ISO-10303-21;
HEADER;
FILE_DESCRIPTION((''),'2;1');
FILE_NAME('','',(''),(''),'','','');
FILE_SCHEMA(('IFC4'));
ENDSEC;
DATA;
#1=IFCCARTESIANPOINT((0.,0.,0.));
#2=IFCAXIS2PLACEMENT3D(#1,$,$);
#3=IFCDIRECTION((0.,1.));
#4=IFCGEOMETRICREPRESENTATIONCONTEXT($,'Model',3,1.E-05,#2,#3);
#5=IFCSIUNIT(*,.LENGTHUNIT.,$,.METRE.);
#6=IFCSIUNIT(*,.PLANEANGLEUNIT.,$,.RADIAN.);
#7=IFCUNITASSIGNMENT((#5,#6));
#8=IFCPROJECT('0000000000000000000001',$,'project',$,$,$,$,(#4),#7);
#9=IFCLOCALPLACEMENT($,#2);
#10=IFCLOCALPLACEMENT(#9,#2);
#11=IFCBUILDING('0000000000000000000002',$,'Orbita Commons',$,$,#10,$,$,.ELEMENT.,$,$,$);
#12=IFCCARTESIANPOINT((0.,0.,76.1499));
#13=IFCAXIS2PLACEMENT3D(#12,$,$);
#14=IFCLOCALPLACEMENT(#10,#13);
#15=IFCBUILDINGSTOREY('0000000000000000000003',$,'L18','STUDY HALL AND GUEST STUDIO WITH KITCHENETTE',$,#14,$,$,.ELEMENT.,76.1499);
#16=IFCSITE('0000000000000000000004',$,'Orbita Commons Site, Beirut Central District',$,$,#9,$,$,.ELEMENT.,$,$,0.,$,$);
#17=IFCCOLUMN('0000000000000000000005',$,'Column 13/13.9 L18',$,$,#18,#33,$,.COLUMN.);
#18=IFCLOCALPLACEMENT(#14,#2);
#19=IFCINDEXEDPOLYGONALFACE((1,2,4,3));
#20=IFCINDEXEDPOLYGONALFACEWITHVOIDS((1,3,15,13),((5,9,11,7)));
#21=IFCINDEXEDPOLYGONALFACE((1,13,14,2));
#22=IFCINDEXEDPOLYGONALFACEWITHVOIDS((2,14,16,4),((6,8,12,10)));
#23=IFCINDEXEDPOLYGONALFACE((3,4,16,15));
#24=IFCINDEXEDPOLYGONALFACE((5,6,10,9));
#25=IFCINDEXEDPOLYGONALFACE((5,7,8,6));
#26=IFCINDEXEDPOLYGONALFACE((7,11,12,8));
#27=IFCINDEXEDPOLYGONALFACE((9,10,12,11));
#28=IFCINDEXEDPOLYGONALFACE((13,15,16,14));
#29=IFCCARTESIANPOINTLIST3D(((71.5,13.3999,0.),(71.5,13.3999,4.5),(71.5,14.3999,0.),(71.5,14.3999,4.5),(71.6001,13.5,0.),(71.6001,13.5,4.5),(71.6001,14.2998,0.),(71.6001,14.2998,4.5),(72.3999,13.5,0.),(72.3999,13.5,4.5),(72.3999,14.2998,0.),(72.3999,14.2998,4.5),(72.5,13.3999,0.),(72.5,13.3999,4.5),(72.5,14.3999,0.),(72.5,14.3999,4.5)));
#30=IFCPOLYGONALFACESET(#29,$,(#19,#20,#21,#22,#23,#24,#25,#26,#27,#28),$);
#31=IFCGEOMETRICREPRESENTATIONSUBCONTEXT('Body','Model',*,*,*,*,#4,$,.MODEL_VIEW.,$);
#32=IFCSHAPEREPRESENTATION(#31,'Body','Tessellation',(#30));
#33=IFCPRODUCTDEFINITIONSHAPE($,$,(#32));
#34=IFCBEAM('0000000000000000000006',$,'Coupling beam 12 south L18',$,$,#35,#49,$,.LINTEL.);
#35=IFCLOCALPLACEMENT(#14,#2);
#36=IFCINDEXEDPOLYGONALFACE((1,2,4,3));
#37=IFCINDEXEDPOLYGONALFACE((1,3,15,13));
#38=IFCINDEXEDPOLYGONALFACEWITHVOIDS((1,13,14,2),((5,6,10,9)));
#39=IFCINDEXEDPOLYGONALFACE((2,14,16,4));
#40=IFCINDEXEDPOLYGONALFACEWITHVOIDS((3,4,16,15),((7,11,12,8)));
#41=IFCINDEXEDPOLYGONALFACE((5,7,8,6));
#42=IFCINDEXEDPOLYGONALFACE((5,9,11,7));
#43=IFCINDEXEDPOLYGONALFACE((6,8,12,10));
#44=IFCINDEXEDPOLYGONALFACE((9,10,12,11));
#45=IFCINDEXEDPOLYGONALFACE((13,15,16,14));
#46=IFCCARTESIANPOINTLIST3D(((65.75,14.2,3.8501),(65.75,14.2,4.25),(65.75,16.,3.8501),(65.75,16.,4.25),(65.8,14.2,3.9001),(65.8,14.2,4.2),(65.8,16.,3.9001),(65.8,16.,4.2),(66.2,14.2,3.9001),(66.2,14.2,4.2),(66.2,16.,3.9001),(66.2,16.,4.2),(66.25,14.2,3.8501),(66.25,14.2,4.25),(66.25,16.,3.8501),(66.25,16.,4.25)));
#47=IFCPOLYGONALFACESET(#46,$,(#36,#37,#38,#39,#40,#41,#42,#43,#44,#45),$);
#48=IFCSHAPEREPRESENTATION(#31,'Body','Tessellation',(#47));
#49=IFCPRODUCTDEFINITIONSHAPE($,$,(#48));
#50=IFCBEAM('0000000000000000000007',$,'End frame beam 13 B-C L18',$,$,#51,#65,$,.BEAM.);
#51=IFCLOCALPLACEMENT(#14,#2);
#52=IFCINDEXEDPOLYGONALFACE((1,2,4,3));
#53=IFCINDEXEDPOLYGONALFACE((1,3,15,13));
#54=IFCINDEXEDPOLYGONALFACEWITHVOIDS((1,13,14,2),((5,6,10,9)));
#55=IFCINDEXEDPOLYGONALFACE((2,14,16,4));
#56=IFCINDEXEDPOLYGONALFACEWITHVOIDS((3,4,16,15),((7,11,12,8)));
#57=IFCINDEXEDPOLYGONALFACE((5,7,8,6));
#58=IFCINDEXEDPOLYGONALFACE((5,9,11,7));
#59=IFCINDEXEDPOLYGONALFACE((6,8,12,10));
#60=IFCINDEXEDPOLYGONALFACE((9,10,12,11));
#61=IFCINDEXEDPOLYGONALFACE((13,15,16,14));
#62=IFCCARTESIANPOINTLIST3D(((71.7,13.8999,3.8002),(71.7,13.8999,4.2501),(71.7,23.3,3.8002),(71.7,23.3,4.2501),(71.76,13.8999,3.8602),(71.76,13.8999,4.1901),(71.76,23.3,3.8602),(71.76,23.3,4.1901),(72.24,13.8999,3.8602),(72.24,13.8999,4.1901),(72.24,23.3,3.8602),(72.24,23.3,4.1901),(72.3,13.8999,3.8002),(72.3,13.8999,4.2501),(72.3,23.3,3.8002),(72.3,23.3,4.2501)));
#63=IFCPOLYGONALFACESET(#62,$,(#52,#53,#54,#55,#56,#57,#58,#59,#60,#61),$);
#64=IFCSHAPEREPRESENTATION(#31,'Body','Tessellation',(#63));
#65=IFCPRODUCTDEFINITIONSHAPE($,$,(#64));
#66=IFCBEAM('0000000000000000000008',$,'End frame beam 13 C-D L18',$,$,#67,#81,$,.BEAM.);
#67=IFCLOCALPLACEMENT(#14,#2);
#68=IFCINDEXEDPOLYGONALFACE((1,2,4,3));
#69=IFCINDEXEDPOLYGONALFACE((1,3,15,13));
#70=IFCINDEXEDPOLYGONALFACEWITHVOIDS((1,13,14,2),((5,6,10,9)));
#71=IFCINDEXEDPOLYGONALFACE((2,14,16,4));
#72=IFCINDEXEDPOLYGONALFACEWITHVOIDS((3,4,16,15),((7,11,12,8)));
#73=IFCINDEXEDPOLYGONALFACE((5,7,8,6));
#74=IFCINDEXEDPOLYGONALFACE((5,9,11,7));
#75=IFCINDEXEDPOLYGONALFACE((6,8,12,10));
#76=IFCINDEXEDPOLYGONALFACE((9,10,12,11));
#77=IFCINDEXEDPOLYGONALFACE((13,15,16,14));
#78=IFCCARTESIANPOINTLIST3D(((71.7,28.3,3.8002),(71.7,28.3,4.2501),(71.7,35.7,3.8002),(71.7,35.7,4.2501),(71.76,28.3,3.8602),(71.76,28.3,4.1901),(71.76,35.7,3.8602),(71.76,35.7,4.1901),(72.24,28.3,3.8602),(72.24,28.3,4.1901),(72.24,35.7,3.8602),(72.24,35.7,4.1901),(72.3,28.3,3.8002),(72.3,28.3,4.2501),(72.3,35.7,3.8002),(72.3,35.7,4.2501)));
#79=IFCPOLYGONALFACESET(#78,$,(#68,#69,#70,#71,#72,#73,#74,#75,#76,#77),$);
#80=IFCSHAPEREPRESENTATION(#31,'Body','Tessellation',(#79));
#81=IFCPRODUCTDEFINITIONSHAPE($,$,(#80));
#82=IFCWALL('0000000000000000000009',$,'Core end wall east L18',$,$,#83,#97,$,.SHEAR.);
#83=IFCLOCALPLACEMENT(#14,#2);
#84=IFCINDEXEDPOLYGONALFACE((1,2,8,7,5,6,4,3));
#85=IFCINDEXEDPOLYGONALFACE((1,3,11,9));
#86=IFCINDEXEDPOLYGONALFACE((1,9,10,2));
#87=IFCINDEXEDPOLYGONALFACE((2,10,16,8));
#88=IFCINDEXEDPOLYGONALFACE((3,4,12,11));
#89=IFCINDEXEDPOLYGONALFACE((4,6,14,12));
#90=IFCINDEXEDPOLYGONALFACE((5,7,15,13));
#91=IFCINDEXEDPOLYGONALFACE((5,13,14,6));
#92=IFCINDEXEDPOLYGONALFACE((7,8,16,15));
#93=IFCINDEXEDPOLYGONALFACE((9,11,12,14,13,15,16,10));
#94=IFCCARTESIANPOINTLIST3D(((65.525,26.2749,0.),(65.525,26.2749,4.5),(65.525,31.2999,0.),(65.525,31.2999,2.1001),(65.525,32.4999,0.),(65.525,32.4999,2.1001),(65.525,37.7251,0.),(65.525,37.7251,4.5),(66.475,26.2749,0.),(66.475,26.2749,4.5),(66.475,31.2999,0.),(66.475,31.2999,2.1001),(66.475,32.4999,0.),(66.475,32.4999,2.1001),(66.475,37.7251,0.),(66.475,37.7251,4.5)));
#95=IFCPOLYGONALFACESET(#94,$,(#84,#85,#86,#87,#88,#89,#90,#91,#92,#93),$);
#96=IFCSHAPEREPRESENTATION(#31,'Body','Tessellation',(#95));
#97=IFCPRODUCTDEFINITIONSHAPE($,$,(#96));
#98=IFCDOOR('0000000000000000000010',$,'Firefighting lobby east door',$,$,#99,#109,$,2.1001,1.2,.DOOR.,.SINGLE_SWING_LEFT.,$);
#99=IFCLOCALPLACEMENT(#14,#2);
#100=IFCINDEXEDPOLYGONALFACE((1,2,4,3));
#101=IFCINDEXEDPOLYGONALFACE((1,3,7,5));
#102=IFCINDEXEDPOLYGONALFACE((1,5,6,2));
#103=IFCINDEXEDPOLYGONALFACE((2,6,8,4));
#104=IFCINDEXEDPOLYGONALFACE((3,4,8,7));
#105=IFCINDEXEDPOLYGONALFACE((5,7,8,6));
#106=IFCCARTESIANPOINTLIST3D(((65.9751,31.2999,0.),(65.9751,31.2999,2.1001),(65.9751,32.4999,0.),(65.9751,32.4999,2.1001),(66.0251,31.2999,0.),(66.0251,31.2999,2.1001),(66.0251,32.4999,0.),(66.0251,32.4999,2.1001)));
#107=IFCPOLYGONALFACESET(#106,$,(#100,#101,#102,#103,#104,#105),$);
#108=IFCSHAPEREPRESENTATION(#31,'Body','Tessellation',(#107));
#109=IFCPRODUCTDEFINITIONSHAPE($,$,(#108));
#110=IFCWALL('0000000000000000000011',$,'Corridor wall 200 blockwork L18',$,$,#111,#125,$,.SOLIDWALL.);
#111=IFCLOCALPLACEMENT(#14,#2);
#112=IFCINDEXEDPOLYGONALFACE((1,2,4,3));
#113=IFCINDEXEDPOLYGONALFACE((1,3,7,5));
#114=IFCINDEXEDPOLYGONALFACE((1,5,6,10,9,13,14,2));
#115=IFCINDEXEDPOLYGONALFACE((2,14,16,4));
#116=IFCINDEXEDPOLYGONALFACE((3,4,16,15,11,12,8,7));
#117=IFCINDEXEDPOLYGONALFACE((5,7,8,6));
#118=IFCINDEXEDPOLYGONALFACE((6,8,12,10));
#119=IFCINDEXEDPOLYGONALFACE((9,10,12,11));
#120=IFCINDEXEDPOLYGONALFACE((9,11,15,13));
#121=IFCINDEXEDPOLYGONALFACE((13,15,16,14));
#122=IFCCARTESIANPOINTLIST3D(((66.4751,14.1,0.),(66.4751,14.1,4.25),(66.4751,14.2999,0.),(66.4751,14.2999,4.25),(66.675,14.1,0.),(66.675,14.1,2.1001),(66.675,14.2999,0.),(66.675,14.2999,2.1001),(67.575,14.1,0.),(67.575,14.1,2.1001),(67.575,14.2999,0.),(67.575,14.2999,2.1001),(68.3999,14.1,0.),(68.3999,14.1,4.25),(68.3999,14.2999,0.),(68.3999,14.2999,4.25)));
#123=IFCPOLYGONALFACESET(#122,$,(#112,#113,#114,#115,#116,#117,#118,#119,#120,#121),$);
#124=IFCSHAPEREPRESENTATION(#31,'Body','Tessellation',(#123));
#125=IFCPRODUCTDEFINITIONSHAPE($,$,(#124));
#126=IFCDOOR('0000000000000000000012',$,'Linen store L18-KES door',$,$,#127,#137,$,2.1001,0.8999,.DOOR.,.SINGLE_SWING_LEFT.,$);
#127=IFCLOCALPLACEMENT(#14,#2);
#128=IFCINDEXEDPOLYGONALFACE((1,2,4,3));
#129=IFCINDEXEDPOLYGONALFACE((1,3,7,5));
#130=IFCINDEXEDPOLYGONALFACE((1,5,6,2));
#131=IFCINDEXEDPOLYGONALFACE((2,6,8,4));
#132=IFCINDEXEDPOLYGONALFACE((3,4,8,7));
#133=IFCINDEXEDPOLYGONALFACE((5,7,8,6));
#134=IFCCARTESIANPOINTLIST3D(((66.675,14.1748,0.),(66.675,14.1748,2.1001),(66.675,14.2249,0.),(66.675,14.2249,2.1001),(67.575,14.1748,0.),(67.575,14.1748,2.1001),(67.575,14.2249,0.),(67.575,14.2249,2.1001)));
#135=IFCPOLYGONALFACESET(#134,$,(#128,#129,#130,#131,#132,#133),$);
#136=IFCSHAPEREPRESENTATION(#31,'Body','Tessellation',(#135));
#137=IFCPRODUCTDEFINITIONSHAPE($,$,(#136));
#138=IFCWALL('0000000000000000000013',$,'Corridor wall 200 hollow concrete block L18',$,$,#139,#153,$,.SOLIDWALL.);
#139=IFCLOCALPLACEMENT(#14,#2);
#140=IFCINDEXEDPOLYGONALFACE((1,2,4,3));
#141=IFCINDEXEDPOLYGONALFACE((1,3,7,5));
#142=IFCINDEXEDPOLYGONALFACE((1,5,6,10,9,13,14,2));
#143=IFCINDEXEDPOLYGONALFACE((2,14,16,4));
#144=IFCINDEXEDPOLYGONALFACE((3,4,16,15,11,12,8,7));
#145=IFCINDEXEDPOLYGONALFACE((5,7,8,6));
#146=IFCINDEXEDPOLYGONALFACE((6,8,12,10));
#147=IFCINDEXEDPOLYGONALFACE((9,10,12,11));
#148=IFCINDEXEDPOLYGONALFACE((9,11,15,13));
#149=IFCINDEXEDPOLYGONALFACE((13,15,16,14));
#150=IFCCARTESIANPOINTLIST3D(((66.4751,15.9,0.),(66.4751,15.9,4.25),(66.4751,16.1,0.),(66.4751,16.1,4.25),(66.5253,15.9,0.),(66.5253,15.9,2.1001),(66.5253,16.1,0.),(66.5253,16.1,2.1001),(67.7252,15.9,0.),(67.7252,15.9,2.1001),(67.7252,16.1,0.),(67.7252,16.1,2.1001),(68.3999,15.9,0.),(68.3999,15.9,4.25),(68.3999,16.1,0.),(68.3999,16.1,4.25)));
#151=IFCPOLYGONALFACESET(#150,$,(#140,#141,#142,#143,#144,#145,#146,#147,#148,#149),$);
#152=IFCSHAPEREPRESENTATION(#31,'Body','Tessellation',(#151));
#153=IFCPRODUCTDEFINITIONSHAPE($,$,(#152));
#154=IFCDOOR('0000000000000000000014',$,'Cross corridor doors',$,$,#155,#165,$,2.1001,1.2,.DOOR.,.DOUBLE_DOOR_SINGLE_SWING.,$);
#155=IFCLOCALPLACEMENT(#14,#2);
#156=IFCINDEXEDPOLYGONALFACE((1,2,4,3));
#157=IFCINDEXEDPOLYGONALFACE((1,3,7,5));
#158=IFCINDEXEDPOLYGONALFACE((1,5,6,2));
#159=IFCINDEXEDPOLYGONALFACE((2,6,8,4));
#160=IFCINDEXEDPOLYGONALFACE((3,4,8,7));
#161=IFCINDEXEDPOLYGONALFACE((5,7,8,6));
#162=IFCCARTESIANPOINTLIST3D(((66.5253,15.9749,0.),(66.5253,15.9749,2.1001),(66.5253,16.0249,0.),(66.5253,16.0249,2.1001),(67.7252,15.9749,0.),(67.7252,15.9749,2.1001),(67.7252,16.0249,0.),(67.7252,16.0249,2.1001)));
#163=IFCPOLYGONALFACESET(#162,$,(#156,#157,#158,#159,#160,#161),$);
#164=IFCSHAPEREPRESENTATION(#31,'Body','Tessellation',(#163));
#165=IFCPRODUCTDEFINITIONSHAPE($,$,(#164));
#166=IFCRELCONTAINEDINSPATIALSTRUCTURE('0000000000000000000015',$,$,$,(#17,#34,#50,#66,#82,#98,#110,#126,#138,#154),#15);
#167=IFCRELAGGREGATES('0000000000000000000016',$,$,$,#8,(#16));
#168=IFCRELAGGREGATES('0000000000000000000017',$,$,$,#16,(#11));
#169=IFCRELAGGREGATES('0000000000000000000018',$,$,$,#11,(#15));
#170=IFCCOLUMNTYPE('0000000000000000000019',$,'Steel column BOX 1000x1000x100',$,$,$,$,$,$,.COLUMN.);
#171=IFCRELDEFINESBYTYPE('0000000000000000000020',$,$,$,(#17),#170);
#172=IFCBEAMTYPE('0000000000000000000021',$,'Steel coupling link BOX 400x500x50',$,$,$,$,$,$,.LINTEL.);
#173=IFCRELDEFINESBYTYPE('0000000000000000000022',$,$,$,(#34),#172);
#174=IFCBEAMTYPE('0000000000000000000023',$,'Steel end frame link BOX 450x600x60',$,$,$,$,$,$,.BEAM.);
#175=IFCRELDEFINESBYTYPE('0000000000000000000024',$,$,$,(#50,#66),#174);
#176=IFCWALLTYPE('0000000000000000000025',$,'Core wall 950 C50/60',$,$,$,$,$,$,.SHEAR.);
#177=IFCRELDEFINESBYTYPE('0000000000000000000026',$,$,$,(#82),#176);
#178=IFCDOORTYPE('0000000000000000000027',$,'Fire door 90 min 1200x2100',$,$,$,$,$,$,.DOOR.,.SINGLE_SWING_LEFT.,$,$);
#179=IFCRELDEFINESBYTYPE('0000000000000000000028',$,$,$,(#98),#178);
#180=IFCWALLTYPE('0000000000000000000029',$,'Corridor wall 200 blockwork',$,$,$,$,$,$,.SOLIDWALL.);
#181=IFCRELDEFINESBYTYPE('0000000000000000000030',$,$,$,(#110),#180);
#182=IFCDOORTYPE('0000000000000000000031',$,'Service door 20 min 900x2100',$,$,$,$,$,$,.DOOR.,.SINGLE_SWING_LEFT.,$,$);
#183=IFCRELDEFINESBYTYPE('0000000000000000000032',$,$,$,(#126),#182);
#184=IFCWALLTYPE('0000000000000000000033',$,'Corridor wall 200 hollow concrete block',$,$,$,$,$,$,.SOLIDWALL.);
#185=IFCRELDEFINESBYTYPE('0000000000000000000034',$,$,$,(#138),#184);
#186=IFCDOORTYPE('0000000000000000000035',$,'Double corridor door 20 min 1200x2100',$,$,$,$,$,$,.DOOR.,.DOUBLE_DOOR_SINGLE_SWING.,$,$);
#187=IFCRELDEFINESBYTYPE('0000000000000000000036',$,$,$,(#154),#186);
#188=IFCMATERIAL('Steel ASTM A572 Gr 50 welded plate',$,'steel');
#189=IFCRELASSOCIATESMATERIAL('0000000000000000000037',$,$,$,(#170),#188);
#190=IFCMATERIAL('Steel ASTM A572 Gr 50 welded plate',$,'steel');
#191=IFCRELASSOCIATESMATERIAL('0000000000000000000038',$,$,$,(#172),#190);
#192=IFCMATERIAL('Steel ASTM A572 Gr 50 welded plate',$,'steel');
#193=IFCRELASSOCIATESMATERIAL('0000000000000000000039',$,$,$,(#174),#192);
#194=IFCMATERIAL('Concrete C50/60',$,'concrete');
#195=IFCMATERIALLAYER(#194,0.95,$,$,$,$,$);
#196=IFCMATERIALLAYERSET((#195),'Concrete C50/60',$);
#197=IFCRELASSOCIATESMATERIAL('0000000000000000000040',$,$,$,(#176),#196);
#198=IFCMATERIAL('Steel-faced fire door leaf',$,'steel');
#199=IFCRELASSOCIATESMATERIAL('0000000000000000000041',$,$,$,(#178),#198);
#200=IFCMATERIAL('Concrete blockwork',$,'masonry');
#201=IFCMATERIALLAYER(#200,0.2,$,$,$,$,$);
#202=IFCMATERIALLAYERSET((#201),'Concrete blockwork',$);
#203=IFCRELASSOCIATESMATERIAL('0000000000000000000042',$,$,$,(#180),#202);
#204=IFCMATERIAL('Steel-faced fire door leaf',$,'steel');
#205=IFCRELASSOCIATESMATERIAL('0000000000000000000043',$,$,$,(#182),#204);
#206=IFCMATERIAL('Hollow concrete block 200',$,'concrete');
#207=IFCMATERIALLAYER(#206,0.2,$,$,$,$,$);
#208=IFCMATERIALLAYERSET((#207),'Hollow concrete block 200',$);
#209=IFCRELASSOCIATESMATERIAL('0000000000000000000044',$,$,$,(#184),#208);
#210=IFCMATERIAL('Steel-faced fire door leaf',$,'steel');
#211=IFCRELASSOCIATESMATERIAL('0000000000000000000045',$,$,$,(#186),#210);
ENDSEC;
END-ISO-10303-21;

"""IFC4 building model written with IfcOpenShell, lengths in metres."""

from ifc_helpers import new_model, si_unit, direction, frame, frame_2d, origin, origin_2d, place, context, subcontext, project, spatial, rectangle, hollow_rectangle, extrude, material, layer, layer_set, material_profile, profile_set, type_object, element, fill, save


model = new_model("IFC4")

# Units and contexts
model_context = context("Model", 3, precision=1e-05, world=origin(), true_north=direction((0.0, 1.0)))
body_context = subcontext(model_context, "Body", "Model", "MODEL_VIEW")
ifc_project = project(units=[si_unit("LENGTHUNIT", "METRE"), si_unit("PLANEANGLEUNIT", "RADIAN")], contexts=[model_context])

# Site, building, storey
site_placement = place(None, origin())
site = spatial("IfcSite", under=ifc_project, at=site_placement, Name="Orbita Commons Site, Beirut Central District", CompositionType="ELEMENT", RefElevation=0.0)
building_placement = place(site_placement, origin())
building = spatial("IfcBuilding", under=site, at=building_placement, Name="Orbita Commons", CompositionType="ELEMENT")
storey_placement = place(building_placement, frame((0.0, 0.0, 76.1499)))
storey = spatial("IfcBuildingStorey", under=building, at=storey_placement, Name="L18", Description="STUDY HALL AND GUEST STUDIO WITH KITCHENETTE", CompositionType="ELEMENT", Elevation=76.1499)

# Column
ifc_material_1 = material(Name="Steel ASTM A572 Gr 50 welded plate", Category="steel")
ifc_material_profile_1 = material_profile(ifc_material_1, hollow_rectangle(XDim=1.0, YDim=1.0, WallThickness=0.1001, at=origin_2d()), Name="BOX 1000x1000x100")
ifc_profile_set_1 = profile_set([ifc_material_profile_1], Name="Steel ASTM A572 Gr 50 welded plate")
column_type = type_object("IfcColumnType", Name="Steel column BOX 1000x1000x100", PredefinedType="COLUMN", material=ifc_profile_set_1)
column_placement = place(storey_placement, frame((72.0, 13.8999, 0.0), z_axis=(0.0, 0.0, 1.0), x_axis=(1.0, 0.0, 0.0)))
element("IfcColumn", 1, at=column_placement, inside=storey, type_object=column_type, Name="Column 13/13.9 L18", PredefinedType="COLUMN", context=body_context, shape_type="SweptSolid", body=[
    extrude(hollow_rectangle(XDim=1.0, YDim=1.0, WallThickness=0.1001, at=origin_2d()), origin(), (0.0, 0.0, 1.0), 4.5),
])

# Beams
ifc_material_2 = material(Name="Steel ASTM A572 Gr 50 welded plate", Category="steel")
ifc_material_profile_2 = material_profile(ifc_material_2, hollow_rectangle(XDim=0.5, YDim=0.3999, WallThickness=0.05, at=origin_2d()), Name="BOX 400x500x50")
ifc_profile_set_2 = profile_set([ifc_material_profile_2], Name="Steel ASTM A572 Gr 50 welded plate")
beam_type_1 = type_object("IfcBeamType", Name="Steel coupling link BOX 400x500x50", PredefinedType="LINTEL", material=ifc_profile_set_2)
beam_1_placement = place(storey_placement, frame((66.0, 14.2, 4.05), z_axis=(0.0, 1.0, 0.0), x_axis=(-1.0, 0.0, 0.0)))
element("IfcBeam", 2, at=beam_1_placement, inside=storey, type_object=beam_type_1, Name="Coupling beam 12 south L18", PredefinedType="LINTEL", context=body_context, shape_type="SweptSolid", body=[
    extrude(hollow_rectangle(XDim=0.5, YDim=0.3999, WallThickness=0.05, at=origin_2d()), origin(), (0.0, 0.0, 1.0), 1.8),
])
ifc_material_3 = material(Name="Steel ASTM A572 Gr 50 welded plate", Category="steel")
ifc_material_profile_3 = material_profile(ifc_material_3, hollow_rectangle(XDim=0.6001, YDim=0.45, WallThickness=0.0601, at=origin_2d()), Name="BOX 450x600x60")
ifc_profile_set_3 = profile_set([ifc_material_profile_3], Name="Steel ASTM A572 Gr 50 welded plate")
beam_type_2 = type_object("IfcBeamType", Name="Steel end frame link BOX 450x600x60", PredefinedType="BEAM", material=ifc_profile_set_3)
beam_2_placement = place(storey_placement, frame((72.0, 13.8999, 4.0251), z_axis=(0.0, 1.0, 0.0), x_axis=(-1.0, 0.0, 0.0)))
element("IfcBeam", 3, at=beam_2_placement, inside=storey, type_object=beam_type_2, Name="End frame beam 13 B-C L18", PredefinedType="BEAM", context=body_context, shape_type="SweptSolid", body=[
    extrude(hollow_rectangle(XDim=0.6001, YDim=0.45, WallThickness=0.0601, at=origin_2d()), origin(), (0.0, 0.0, 1.0), 9.4001),
])
beam_3_placement = place(storey_placement, frame((72.0, 28.3, 4.0251), z_axis=(0.0, 1.0, 0.0), x_axis=(-1.0, 0.0, 0.0)))
element("IfcBeam", 4, at=beam_3_placement, inside=storey, type_object=beam_type_2, Name="End frame beam 13 C-D L18", PredefinedType="BEAM", context=body_context, shape_type="SweptSolid", body=[
    extrude(hollow_rectangle(XDim=0.6001, YDim=0.45, WallThickness=0.0601, at=origin_2d()), origin(), (0.0, 0.0, 1.0), 7.3999),
])

# Walls, openings, doors
ifc_material_4 = material(Name="Concrete C50/60", Category="concrete")
ifc_layer_1 = layer(ifc_material_4, 0.95)
ifc_layer_set_1 = layer_set([ifc_layer_1], Name="Concrete C50/60")
wall_type_1 = type_object("IfcWallType", Name="Core wall 950 C50/60", PredefinedType="SHEAR", material=ifc_layer_set_1)
wall_1_placement = place(storey_placement, frame((66.0, 26.2749, 0.0), z_axis=(0.0, 0.0, 1.0), x_axis=(0.0, 1.0, 0.0)))
wall_1 = element("IfcWall", 5, at=wall_1_placement, inside=storey, type_object=wall_type_1, Name="Core end wall east L18", PredefinedType="SHEAR", context=body_context, shape_type="SweptSolid", body=[
    extrude(rectangle(XDim=11.4502, YDim=0.95, at=frame_2d((5.7251, 0.0))), origin(), (0.0, 0.0, 1.0), 4.5),
])
opening_1_placement = place(wall_1_placement, frame((5.0249, 0.0, 0.0)))
opening_1 = element("IfcOpeningElement", 6, at=opening_1_placement, cuts=wall_1, PredefinedType="OPENING", context=body_context, shape_type="SweptSolid", body=[
    extrude(rectangle(XDim=1.2, YDim=2.1001, at=frame_2d((0.6001, 1.05))), frame((0.0, 0.4849, 0.0), z_axis=(0.0, -1.0, 0.0), x_axis=(1.0, 0.0, 0.0)), (0.0, 0.0, 1.0), 0.97),
])
ifc_material_5 = material(Name="Steel-faced fire door leaf", Category="steel")
door_type_1 = type_object("IfcDoorType", Name="Fire door 90 min 1200x2100", OperationType="SINGLE_SWING_LEFT", PredefinedType="DOOR", material=ifc_material_5)
door_1_placement = place(opening_1_placement, origin())
door_1 = element("IfcDoor", 7, at=door_1_placement, inside=storey, type_object=door_type_1, Name="Firefighting lobby east door", OperationType="SINGLE_SWING_LEFT", OverallHeight=2.1001, OverallWidth=1.2, PredefinedType="DOOR", context=body_context, shape_type="SweptSolid", body=[
    extrude(rectangle(XDim=1.2, YDim=2.1001, at=frame_2d((0.6001, 1.05))), frame((0.0, 0.0249, 0.0), z_axis=(0.0, -1.0, 0.0), x_axis=(1.0, 0.0, 0.0)), (0.0, 0.0, 1.0), 0.05),
])
fill(opening_1, door_1)
ifc_material_6 = material(Name="Concrete blockwork", Category="masonry")
ifc_layer_2 = layer(ifc_material_6, 0.2)
ifc_layer_set_2 = layer_set([ifc_layer_2], Name="Concrete blockwork")
wall_type_2 = type_object("IfcWallType", Name="Corridor wall 200 blockwork", PredefinedType="SOLIDWALL", material=ifc_layer_set_2)
wall_2_placement = place(storey_placement, frame((66.4751, 14.2, 0.0), z_axis=(0.0, 0.0, 1.0), x_axis=(1.0, 0.0, 0.0)))
wall_2 = element("IfcWall", 8, at=wall_2_placement, inside=storey, type_object=wall_type_2, Name="Corridor wall 200 blockwork L18", PredefinedType="SOLIDWALL", context=body_context, shape_type="SweptSolid", body=[
    extrude(rectangle(XDim=1.9248, YDim=0.2, at=frame_2d((0.9624, 0.0))), origin(), (0.0, 0.0, 1.0), 4.25),
])
opening_2_placement = place(wall_2_placement, frame((0.2, 0.0, 0.0)))
opening_2 = element("IfcOpeningElement", 9, at=opening_2_placement, cuts=wall_2, PredefinedType="OPENING", context=body_context, shape_type="SweptSolid", body=[
    extrude(rectangle(XDim=0.8999, YDim=2.1001, at=frame_2d((0.45, 1.05))), frame((0.0, 0.1099, 0.0), z_axis=(0.0, -1.0, 0.0), x_axis=(1.0, 0.0, 0.0)), (0.0, 0.0, 1.0), 0.22),
])
ifc_material_7 = material(Name="Steel-faced fire door leaf", Category="steel")
door_type_2 = type_object("IfcDoorType", Name="Service door 20 min 900x2100", OperationType="SINGLE_SWING_LEFT", PredefinedType="DOOR", material=ifc_material_7)
door_2_placement = place(opening_2_placement, origin())
door_2 = element("IfcDoor", 10, at=door_2_placement, inside=storey, type_object=door_type_2, Name="Linen store L18-KES door", OperationType="SINGLE_SWING_LEFT", OverallHeight=2.1001, OverallWidth=0.8999, PredefinedType="DOOR", context=body_context, shape_type="SweptSolid", body=[
    extrude(rectangle(XDim=0.8999, YDim=2.1001, at=frame_2d((0.45, 1.05))), frame((0.0, 0.0249, 0.0), z_axis=(0.0, -1.0, 0.0), x_axis=(1.0, 0.0, 0.0)), (0.0, 0.0, 1.0), 0.05),
])
fill(opening_2, door_2)
ifc_material_8 = material(Name="Hollow concrete block 200", Category="concrete")
ifc_layer_3 = layer(ifc_material_8, 0.2)
ifc_layer_set_3 = layer_set([ifc_layer_3], Name="Hollow concrete block 200")
wall_type_3 = type_object("IfcWallType", Name="Corridor wall 200 hollow concrete block", PredefinedType="SOLIDWALL", material=ifc_layer_set_3)
wall_3_placement = place(storey_placement, frame((66.4751, 16.0, 0.0), z_axis=(0.0, 0.0, 1.0), x_axis=(1.0, 0.0, 0.0)))
wall_3 = element("IfcWall", 11, at=wall_3_placement, inside=storey, type_object=wall_type_3, Name="Corridor wall 200 hollow concrete block L18", PredefinedType="SOLIDWALL", context=body_context, shape_type="SweptSolid", body=[
    extrude(rectangle(XDim=1.9248, YDim=0.2, at=frame_2d((0.9624, 0.0))), origin(), (0.0, 0.0, 1.0), 4.25),
])
opening_3_placement = place(wall_3_placement, frame((0.05, 0.0, 0.0)))
opening_3 = element("IfcOpeningElement", 12, at=opening_3_placement, cuts=wall_3, PredefinedType="OPENING", context=body_context, shape_type="SweptSolid", body=[
    extrude(rectangle(XDim=1.2, YDim=2.1001, at=frame_2d((0.6001, 1.05))), frame((0.0, 0.1099, 0.0), z_axis=(0.0, -1.0, 0.0), x_axis=(1.0, 0.0, 0.0)), (0.0, 0.0, 1.0), 0.22),
])
ifc_material_9 = material(Name="Steel-faced fire door leaf", Category="steel")
door_type_3 = type_object("IfcDoorType", Name="Double corridor door 20 min 1200x2100", OperationType="DOUBLE_DOOR_SINGLE_SWING", PredefinedType="DOOR", material=ifc_material_9)
door_3_placement = place(opening_3_placement, origin())
door_3 = element("IfcDoor", 13, at=door_3_placement, inside=storey, type_object=door_type_3, Name="Cross corridor doors", OperationType="DOUBLE_DOOR_SINGLE_SWING", OverallHeight=2.1001, OverallWidth=1.2, PredefinedType="DOOR", context=body_context, shape_type="SweptSolid", body=[
    extrude(rectangle(XDim=1.2, YDim=2.1001, at=frame_2d((0.6001, 1.05))), frame((0.0, 0.0249, 0.0), z_axis=(0.0, -1.0, 0.0), x_axis=(1.0, 0.0, 0.0)), (0.0, 0.0, 1.0), 0.05),
])
fill(opening_3, door_3)

save(model, "model.ifc")
